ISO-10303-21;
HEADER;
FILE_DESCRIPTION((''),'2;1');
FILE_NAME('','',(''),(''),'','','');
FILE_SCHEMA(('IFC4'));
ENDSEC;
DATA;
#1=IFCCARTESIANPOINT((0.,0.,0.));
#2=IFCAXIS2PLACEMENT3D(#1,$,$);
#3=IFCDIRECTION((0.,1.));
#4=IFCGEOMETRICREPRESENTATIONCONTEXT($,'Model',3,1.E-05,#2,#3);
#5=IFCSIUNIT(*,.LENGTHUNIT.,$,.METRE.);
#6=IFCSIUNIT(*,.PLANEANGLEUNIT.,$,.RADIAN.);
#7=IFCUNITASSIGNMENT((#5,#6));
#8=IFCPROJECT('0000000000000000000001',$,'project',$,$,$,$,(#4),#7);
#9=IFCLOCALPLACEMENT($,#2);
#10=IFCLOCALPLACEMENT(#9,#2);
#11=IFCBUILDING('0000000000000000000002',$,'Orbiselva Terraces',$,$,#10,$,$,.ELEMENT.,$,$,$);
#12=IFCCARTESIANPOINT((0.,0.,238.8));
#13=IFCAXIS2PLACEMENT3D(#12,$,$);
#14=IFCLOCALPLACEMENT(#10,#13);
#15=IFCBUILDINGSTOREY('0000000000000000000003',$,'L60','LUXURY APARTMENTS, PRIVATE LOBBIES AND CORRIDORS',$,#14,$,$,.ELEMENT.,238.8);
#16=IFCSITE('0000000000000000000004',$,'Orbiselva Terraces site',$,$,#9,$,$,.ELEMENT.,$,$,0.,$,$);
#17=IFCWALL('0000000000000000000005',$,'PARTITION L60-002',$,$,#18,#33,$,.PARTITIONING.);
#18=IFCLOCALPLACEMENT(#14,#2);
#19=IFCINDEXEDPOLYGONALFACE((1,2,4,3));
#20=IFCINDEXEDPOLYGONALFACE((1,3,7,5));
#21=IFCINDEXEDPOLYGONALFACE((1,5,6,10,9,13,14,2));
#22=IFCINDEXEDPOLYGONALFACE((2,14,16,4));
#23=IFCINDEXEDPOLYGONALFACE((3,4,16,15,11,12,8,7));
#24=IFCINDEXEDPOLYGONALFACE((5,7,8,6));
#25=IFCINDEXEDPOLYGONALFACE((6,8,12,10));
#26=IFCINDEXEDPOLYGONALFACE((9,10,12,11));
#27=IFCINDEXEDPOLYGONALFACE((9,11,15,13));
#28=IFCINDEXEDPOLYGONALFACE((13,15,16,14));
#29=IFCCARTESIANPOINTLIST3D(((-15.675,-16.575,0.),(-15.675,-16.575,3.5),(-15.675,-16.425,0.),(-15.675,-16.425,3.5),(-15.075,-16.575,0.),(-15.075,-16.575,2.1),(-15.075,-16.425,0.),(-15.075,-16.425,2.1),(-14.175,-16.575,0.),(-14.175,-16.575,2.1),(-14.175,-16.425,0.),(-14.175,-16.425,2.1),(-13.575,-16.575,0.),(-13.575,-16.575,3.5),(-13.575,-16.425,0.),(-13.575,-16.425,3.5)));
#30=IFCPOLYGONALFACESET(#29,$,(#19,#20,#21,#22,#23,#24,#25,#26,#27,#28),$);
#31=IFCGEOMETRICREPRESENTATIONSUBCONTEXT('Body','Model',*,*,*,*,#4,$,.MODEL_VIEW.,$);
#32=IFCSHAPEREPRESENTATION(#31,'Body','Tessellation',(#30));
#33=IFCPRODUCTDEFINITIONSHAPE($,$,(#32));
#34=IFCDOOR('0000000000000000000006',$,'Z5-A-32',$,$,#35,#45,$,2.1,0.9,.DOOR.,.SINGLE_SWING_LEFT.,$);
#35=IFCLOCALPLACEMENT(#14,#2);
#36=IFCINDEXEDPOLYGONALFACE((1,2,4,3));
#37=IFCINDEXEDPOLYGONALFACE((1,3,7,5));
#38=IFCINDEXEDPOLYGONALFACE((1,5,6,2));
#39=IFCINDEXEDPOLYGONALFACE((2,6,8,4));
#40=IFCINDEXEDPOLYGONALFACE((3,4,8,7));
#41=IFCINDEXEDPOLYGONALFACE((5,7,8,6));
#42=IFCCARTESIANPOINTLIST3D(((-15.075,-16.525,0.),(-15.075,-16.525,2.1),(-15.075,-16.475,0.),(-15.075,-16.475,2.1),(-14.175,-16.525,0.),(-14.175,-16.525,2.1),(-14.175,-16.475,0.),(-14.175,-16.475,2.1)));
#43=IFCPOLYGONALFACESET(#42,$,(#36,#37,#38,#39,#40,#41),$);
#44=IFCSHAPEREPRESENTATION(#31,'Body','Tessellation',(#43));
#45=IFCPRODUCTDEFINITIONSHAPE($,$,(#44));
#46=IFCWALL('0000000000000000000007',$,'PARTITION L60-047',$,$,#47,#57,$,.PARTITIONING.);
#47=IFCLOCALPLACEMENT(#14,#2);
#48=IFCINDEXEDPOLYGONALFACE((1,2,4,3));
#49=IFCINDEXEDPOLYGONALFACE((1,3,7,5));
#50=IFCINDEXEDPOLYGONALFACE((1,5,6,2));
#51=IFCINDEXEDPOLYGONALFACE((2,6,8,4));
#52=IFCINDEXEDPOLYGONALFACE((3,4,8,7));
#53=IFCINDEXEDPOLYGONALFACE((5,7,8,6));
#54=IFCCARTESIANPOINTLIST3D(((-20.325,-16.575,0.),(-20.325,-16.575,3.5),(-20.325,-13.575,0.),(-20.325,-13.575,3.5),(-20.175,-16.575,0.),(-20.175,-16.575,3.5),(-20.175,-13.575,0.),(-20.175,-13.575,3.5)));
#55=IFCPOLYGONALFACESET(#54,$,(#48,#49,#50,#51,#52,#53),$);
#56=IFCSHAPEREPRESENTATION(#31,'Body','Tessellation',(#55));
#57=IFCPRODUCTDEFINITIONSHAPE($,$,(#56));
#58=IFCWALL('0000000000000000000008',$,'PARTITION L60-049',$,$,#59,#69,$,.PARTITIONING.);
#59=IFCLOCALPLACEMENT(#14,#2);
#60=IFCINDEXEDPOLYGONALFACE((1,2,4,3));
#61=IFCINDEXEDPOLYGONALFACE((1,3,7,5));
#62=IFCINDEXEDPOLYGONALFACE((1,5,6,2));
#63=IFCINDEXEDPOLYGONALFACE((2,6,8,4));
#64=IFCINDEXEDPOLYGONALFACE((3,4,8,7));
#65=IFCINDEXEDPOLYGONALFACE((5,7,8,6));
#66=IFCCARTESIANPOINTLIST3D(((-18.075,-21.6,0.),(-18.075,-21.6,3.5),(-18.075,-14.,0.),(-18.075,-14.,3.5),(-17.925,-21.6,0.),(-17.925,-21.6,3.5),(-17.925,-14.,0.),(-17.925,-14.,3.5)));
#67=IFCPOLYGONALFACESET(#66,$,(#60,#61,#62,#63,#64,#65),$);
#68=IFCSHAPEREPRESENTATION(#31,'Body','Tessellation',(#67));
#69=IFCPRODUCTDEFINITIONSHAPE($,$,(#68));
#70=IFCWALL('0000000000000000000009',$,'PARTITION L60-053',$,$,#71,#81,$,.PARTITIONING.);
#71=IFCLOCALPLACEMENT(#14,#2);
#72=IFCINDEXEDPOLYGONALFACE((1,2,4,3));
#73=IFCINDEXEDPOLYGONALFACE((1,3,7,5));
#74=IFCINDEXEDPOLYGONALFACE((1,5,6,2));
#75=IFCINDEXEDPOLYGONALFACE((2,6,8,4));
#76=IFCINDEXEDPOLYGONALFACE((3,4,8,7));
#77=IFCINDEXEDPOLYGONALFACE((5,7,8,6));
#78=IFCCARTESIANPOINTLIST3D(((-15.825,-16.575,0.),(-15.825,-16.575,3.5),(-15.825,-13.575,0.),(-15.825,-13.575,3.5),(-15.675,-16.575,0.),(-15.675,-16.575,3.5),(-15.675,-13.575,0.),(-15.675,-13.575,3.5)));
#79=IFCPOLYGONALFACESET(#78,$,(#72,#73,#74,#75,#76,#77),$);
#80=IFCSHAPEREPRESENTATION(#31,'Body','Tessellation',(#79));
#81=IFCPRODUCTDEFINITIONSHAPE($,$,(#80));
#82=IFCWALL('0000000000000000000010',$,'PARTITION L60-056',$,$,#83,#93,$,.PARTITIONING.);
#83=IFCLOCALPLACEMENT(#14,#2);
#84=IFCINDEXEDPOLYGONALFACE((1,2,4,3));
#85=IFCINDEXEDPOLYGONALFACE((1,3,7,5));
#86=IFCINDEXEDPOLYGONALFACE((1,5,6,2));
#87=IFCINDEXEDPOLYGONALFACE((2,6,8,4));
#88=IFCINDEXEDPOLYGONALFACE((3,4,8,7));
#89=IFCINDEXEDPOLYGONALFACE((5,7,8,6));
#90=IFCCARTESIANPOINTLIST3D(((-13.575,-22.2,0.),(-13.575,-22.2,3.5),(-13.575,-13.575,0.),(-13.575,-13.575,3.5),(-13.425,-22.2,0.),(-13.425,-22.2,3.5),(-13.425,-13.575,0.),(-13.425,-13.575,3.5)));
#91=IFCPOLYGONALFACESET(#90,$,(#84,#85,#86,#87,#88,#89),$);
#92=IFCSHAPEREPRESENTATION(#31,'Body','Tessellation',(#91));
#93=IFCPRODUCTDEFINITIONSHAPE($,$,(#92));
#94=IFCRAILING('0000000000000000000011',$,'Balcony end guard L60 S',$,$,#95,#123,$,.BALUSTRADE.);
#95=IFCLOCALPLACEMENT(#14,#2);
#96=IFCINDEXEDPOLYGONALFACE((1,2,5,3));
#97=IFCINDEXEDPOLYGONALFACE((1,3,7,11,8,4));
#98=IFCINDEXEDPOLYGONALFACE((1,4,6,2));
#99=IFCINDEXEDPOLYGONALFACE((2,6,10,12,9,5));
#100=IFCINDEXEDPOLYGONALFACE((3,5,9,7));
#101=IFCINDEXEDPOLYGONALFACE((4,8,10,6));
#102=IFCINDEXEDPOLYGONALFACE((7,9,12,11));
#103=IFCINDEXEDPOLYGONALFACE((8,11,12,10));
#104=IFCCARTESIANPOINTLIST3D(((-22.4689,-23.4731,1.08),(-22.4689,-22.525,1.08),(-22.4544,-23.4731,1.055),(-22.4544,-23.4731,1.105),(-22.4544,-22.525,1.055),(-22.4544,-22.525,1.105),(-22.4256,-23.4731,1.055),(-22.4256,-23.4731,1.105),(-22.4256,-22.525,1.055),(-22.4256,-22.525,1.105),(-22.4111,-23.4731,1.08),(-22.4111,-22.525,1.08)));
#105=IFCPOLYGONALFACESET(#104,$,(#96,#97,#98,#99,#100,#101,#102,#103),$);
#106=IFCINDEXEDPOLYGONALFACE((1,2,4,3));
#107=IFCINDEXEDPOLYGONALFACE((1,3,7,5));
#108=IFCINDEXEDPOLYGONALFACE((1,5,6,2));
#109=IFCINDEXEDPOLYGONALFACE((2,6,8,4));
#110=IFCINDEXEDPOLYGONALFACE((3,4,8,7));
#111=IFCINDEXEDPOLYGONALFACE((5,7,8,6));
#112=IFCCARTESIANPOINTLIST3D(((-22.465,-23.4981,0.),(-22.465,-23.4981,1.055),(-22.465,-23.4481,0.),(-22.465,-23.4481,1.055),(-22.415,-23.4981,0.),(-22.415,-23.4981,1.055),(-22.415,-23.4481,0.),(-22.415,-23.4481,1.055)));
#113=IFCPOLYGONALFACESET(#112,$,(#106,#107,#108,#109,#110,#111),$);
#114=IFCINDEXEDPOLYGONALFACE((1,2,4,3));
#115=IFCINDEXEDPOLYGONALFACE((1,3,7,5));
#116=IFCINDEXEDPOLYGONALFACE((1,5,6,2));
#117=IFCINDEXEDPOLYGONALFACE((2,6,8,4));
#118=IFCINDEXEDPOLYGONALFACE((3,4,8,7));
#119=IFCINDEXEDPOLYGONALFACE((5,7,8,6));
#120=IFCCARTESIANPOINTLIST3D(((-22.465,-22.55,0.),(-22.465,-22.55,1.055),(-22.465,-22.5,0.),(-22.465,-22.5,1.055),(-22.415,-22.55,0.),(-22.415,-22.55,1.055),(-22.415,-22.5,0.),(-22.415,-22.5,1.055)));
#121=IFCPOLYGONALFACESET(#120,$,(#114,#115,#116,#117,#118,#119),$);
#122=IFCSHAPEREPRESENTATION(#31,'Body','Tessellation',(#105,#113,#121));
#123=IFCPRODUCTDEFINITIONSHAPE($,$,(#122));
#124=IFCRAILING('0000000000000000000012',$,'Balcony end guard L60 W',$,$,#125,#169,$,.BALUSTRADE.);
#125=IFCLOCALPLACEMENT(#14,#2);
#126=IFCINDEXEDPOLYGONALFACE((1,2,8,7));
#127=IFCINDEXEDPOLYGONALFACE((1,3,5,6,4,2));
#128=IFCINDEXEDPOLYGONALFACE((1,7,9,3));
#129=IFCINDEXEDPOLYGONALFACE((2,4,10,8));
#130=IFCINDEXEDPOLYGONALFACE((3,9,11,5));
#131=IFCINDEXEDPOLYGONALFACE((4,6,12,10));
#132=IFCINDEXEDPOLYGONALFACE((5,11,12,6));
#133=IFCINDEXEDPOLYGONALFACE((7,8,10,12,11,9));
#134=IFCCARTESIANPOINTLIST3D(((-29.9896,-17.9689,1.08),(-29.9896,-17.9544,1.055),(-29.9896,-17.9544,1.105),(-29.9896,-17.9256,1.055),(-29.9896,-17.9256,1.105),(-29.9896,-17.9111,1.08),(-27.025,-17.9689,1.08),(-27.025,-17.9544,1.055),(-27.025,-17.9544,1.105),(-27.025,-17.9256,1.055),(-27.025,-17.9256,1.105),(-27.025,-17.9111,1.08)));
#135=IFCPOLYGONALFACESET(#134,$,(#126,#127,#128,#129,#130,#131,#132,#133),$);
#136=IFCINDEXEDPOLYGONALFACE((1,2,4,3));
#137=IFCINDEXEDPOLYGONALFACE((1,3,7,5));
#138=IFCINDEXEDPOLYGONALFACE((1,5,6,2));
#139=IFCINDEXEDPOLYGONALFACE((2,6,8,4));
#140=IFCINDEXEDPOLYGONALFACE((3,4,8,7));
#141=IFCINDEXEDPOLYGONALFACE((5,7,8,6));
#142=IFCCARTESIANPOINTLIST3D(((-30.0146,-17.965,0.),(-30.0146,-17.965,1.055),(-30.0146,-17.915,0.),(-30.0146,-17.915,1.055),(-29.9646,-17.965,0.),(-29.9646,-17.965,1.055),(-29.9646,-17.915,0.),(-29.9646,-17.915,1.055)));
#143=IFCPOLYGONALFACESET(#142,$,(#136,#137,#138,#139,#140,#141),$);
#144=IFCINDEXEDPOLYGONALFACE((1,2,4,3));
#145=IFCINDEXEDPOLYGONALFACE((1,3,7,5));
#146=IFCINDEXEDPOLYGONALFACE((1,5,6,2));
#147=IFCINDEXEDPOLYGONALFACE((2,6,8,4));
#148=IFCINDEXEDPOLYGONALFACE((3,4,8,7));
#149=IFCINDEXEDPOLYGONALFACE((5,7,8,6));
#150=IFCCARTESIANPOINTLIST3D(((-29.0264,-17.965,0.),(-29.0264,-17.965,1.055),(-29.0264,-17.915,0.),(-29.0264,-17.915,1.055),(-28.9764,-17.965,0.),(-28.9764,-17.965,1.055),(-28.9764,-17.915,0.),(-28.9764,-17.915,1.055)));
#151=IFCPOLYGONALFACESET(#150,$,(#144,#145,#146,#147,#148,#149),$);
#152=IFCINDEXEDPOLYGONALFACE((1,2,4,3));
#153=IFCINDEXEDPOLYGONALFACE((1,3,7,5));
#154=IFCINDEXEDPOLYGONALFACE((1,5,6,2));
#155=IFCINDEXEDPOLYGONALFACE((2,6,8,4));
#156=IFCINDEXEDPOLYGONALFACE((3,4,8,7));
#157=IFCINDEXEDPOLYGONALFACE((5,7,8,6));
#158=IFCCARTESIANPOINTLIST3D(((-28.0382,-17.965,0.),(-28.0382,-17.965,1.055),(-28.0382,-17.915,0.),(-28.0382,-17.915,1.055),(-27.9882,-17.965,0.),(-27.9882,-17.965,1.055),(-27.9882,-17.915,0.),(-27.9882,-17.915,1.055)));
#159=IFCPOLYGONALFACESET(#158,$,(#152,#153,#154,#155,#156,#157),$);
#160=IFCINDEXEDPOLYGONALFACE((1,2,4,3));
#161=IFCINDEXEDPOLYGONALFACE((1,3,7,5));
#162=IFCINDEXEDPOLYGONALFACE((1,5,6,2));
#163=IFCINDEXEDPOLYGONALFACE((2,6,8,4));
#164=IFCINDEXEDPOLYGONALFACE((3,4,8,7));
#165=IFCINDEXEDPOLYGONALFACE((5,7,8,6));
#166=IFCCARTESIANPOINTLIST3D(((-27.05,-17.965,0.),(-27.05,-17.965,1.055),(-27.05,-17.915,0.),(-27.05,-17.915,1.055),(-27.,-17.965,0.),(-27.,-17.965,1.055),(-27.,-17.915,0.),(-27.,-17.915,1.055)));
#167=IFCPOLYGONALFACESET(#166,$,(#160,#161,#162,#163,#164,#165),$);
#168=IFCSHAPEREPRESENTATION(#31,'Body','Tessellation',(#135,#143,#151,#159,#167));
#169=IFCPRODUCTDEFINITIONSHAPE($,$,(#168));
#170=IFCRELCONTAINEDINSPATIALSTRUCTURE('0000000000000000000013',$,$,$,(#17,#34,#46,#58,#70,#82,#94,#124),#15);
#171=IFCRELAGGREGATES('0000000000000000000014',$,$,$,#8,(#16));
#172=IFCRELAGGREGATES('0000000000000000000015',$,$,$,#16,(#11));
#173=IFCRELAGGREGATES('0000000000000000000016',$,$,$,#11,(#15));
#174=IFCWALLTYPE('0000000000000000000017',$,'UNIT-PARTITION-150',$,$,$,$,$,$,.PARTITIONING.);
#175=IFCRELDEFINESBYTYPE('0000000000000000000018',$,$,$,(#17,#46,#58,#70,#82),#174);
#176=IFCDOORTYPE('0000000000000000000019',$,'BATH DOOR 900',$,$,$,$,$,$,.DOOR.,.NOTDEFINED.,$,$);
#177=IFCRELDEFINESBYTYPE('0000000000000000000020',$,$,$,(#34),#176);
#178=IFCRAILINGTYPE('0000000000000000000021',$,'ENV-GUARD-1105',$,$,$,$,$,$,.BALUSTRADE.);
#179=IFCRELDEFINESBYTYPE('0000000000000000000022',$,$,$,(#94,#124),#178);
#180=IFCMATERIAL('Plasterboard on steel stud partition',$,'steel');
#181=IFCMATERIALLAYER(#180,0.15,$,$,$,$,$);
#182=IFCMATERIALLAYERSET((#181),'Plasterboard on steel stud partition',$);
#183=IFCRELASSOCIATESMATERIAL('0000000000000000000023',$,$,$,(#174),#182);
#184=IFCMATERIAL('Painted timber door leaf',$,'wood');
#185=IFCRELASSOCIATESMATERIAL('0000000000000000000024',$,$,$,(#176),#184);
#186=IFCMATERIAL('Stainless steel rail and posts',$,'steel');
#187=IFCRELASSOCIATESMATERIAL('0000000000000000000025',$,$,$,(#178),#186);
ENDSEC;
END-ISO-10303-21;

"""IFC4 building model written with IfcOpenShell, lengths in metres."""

from ifc_helpers import new_model, si_unit, direction, frame, frame_2d, origin, origin_2d, place, context, subcontext, project, spatial, polyline, rectangle, outline, extrude, material, layer, layer_set, type_object, element, fill, save


model = new_model("IFC4")

# Units and contexts
model_context = context("Model", 3, precision=1e-05, world=origin(), true_north=direction((0.0, 1.0)))
body_context = subcontext(model_context, "Body", "Model", "MODEL_VIEW")
ifc_project = project(units=[si_unit("LENGTHUNIT", "METRE"), si_unit("PLANEANGLEUNIT", "RADIAN")], contexts=[model_context])

# Site, building, storey
site_placement = place(None, origin())
site = spatial("IfcSite", under=ifc_project, at=site_placement, Name="Orbiselva Terraces site", CompositionType="ELEMENT", RefElevation=0.0)
building_placement = place(site_placement, origin())
building = spatial("IfcBuilding", under=site, at=building_placement, Name="Orbiselva Terraces", CompositionType="ELEMENT")
storey_placement = place(building_placement, frame((0.0, 0.0, 238.8)))
storey = spatial("IfcBuildingStorey", under=building, at=storey_placement, Name="L60", Description="LUXURY APARTMENTS, PRIVATE LOBBIES AND CORRIDORS", CompositionType="ELEMENT", Elevation=238.8)

# Wall, opening, door
ifc_material_1 = material(Name="Plasterboard on steel stud partition", Category="steel")
ifc_layer_1 = layer(ifc_material_1, 0.15)
ifc_layer_set_1 = layer_set([ifc_layer_1], Name="Plasterboard on steel stud partition")
wall_type_1 = type_object("IfcWallType", Name="UNIT-PARTITION-150", PredefinedType="PARTITIONING", material=ifc_layer_set_1)
ifc_material_2 = material(Name="Painted timber door leaf", Category="wood")
door_type_1 = type_object("IfcDoorType", Name="BATH DOOR 900", OperationType="NOTDEFINED", PredefinedType="DOOR", material=ifc_material_2)
wall_1_placement = place(storey_placement, frame((-15.675, -16.5, 0.0), z_axis=(0.0, 0.0, 1.0), x_axis=(1.0, 0.0, 0.0)))
wall_1 = element("IfcWall", 1, at=wall_1_placement, inside=storey, type_object=wall_type_1, Name="PARTITION L60-002", PredefinedType="PARTITIONING", context=body_context, shape_type="SweptSolid", body=[
    extrude(rectangle(XDim=2.1, YDim=0.15, at=frame_2d((1.05, 0.0))), origin(), (0.0, 0.0, 1.0), 3.5),
])
opening_1_placement = place(wall_1_placement, frame((0.6, 0.0, 0.0)))
opening_1 = element("IfcOpeningElement", 2, at=opening_1_placement, cuts=wall_1, PredefinedType="OPENING", context=body_context, shape_type="SweptSolid", body=[
    extrude(rectangle(XDim=0.9, YDim=2.1, at=frame_2d((0.45, 1.05))), frame((0.0, 0.085, 0.0), z_axis=(0.0, -1.0, 0.0), x_axis=(1.0, 0.0, 0.0)), (0.0, 0.0, 1.0), 0.17),
])
door_1_placement = place(opening_1_placement, origin())
door_1 = element("IfcDoor", 3, at=door_1_placement, inside=storey, type_object=door_type_1, Name="Z5-A-32", OperationType="SINGLE_SWING_LEFT", OverallHeight=2.1, OverallWidth=0.9, PredefinedType="DOOR", context=body_context, shape_type="SweptSolid", body=[
    extrude(rectangle(XDim=0.9, YDim=2.1, at=frame_2d((0.45, 1.05))), frame((0.0, 0.025, 0.0), z_axis=(0.0, -1.0, 0.0), x_axis=(1.0, 0.0, 0.0)), (0.0, 0.0, 1.0), 0.05),
])
fill(opening_1, door_1)

# Walls
wall_2_placement = place(storey_placement, frame((-20.25, -16.575, 0.0), z_axis=(0.0, 0.0, 1.0), x_axis=(0.0, 1.0, 0.0)))
element("IfcWall", 4, at=wall_2_placement, inside=storey, type_object=wall_type_1, Name="PARTITION L60-047", PredefinedType="PARTITIONING", context=body_context, shape_type="SweptSolid", body=[
    extrude(rectangle(XDim=3.0, YDim=0.15, at=frame_2d((1.5, 0.0))), origin(), (0.0, 0.0, 1.0), 3.5),
])
wall_3_placement = place(storey_placement, frame((-18.0, -21.6, 0.0), z_axis=(0.0, 0.0, 1.0), x_axis=(0.0, 1.0, 0.0)))
element("IfcWall", 5, at=wall_3_placement, inside=storey, type_object=wall_type_1, Name="PARTITION L60-049", PredefinedType="PARTITIONING", context=body_context, shape_type="SweptSolid", body=[
    extrude(rectangle(XDim=7.6, YDim=0.15, at=frame_2d((3.8, 0.0))), origin(), (0.0, 0.0, 1.0), 3.5),
])
wall_4_placement = place(storey_placement, frame((-15.75, -16.575, 0.0), z_axis=(0.0, 0.0, 1.0), x_axis=(0.0, 1.0, 0.0)))
element("IfcWall", 6, at=wall_4_placement, inside=storey, type_object=wall_type_1, Name="PARTITION L60-053", PredefinedType="PARTITIONING", context=body_context, shape_type="SweptSolid", body=[
    extrude(rectangle(XDim=3.0, YDim=0.15, at=frame_2d((1.5, 0.0))), origin(), (0.0, 0.0, 1.0), 3.5),
])
wall_5_placement = place(storey_placement, frame((-13.5, -22.2, 0.0), z_axis=(0.0, 0.0, 1.0), x_axis=(0.0, 1.0, 0.0)))
element("IfcWall", 7, at=wall_5_placement, inside=storey, type_object=wall_type_1, Name="PARTITION L60-056", PredefinedType="PARTITIONING", context=body_context, shape_type="SweptSolid", body=[
    extrude(rectangle(XDim=8.625, YDim=0.15, at=frame_2d((4.3125, 0.0))), origin(), (0.0, 0.0, 1.0), 3.5),
])

# Railings
ifc_material_3 = material(Name="Stainless steel rail and posts", Category="steel")
railing_type_1 = type_object("IfcRailingType", Name="ENV-GUARD-1105", PredefinedType="BALUSTRADE", material=ifc_material_3)
railing_1_placement = place(storey_placement, frame((-22.44, -23.4731, 0.0)))
element("IfcRailing", 8, at=railing_1_placement, inside=storey, type_object=railing_type_1, Name="Balcony end guard L60 S", PredefinedType="BALUSTRADE", context=body_context, shape_type="SweptSolid", body=[
    extrude(outline(polyline([(0.0289, 0.0), (0.0144, 0.025), (-0.0144, 0.025), (-0.0289, 0.0), (-0.0144, -0.025), (0.0144, -0.025), (0.0289, 0.0)])), frame((0.0, 0.0, 1.08), z_axis=(0.0, 1.0, 0.0), x_axis=(-1.0, 0.0, 0.0)), (0.0, 0.0, 1.0), 0.9481),
    extrude(rectangle(XDim=0.05, YDim=0.05, at=origin_2d()), origin(), (0.0, 0.0, 1.0), 1.055),
    extrude(rectangle(XDim=0.05, YDim=0.05, at=origin_2d()), frame((0.0, 0.9481, 0.0)), (0.0, 0.0, 1.0), 1.055),
])
railing_2_placement = place(storey_placement, frame((-29.9896, -17.94, 0.0)))
element("IfcRailing", 9, at=railing_2_placement, inside=storey, type_object=railing_type_1, Name="Balcony end guard L60 W", PredefinedType="BALUSTRADE", context=body_context, shape_type="SweptSolid", body=[
    extrude(outline(polyline([(0.0289, 0.0), (0.0144, 0.025), (-0.0144, 0.025), (-0.0289, 0.0), (-0.0144, -0.025), (0.0144, -0.025), (0.0289, 0.0)])), frame((0.0, 0.0, 1.08), z_axis=(1.0, 0.0, 0.0), x_axis=(0.0, 1.0, 0.0)), (0.0, 0.0, 1.0), 2.9646),
    extrude(rectangle(XDim=0.05, YDim=0.05, at=origin_2d()), origin(), (0.0, 0.0, 1.0), 1.055),
    extrude(rectangle(XDim=0.05, YDim=0.05, at=origin_2d()), frame((0.9882, 0.0, 0.0)), (0.0, 0.0, 1.0), 1.055),
    extrude(rectangle(XDim=0.05, YDim=0.05, at=origin_2d()), frame((1.9764, 0.0, 0.0)), (0.0, 0.0, 1.0), 1.055),
    extrude(rectangle(XDim=0.05, YDim=0.05, at=origin_2d()), frame((2.9646, 0.0, 0.0)), (0.0, 0.0, 1.0), 1.055),
])

save(model, "model.ifc")
